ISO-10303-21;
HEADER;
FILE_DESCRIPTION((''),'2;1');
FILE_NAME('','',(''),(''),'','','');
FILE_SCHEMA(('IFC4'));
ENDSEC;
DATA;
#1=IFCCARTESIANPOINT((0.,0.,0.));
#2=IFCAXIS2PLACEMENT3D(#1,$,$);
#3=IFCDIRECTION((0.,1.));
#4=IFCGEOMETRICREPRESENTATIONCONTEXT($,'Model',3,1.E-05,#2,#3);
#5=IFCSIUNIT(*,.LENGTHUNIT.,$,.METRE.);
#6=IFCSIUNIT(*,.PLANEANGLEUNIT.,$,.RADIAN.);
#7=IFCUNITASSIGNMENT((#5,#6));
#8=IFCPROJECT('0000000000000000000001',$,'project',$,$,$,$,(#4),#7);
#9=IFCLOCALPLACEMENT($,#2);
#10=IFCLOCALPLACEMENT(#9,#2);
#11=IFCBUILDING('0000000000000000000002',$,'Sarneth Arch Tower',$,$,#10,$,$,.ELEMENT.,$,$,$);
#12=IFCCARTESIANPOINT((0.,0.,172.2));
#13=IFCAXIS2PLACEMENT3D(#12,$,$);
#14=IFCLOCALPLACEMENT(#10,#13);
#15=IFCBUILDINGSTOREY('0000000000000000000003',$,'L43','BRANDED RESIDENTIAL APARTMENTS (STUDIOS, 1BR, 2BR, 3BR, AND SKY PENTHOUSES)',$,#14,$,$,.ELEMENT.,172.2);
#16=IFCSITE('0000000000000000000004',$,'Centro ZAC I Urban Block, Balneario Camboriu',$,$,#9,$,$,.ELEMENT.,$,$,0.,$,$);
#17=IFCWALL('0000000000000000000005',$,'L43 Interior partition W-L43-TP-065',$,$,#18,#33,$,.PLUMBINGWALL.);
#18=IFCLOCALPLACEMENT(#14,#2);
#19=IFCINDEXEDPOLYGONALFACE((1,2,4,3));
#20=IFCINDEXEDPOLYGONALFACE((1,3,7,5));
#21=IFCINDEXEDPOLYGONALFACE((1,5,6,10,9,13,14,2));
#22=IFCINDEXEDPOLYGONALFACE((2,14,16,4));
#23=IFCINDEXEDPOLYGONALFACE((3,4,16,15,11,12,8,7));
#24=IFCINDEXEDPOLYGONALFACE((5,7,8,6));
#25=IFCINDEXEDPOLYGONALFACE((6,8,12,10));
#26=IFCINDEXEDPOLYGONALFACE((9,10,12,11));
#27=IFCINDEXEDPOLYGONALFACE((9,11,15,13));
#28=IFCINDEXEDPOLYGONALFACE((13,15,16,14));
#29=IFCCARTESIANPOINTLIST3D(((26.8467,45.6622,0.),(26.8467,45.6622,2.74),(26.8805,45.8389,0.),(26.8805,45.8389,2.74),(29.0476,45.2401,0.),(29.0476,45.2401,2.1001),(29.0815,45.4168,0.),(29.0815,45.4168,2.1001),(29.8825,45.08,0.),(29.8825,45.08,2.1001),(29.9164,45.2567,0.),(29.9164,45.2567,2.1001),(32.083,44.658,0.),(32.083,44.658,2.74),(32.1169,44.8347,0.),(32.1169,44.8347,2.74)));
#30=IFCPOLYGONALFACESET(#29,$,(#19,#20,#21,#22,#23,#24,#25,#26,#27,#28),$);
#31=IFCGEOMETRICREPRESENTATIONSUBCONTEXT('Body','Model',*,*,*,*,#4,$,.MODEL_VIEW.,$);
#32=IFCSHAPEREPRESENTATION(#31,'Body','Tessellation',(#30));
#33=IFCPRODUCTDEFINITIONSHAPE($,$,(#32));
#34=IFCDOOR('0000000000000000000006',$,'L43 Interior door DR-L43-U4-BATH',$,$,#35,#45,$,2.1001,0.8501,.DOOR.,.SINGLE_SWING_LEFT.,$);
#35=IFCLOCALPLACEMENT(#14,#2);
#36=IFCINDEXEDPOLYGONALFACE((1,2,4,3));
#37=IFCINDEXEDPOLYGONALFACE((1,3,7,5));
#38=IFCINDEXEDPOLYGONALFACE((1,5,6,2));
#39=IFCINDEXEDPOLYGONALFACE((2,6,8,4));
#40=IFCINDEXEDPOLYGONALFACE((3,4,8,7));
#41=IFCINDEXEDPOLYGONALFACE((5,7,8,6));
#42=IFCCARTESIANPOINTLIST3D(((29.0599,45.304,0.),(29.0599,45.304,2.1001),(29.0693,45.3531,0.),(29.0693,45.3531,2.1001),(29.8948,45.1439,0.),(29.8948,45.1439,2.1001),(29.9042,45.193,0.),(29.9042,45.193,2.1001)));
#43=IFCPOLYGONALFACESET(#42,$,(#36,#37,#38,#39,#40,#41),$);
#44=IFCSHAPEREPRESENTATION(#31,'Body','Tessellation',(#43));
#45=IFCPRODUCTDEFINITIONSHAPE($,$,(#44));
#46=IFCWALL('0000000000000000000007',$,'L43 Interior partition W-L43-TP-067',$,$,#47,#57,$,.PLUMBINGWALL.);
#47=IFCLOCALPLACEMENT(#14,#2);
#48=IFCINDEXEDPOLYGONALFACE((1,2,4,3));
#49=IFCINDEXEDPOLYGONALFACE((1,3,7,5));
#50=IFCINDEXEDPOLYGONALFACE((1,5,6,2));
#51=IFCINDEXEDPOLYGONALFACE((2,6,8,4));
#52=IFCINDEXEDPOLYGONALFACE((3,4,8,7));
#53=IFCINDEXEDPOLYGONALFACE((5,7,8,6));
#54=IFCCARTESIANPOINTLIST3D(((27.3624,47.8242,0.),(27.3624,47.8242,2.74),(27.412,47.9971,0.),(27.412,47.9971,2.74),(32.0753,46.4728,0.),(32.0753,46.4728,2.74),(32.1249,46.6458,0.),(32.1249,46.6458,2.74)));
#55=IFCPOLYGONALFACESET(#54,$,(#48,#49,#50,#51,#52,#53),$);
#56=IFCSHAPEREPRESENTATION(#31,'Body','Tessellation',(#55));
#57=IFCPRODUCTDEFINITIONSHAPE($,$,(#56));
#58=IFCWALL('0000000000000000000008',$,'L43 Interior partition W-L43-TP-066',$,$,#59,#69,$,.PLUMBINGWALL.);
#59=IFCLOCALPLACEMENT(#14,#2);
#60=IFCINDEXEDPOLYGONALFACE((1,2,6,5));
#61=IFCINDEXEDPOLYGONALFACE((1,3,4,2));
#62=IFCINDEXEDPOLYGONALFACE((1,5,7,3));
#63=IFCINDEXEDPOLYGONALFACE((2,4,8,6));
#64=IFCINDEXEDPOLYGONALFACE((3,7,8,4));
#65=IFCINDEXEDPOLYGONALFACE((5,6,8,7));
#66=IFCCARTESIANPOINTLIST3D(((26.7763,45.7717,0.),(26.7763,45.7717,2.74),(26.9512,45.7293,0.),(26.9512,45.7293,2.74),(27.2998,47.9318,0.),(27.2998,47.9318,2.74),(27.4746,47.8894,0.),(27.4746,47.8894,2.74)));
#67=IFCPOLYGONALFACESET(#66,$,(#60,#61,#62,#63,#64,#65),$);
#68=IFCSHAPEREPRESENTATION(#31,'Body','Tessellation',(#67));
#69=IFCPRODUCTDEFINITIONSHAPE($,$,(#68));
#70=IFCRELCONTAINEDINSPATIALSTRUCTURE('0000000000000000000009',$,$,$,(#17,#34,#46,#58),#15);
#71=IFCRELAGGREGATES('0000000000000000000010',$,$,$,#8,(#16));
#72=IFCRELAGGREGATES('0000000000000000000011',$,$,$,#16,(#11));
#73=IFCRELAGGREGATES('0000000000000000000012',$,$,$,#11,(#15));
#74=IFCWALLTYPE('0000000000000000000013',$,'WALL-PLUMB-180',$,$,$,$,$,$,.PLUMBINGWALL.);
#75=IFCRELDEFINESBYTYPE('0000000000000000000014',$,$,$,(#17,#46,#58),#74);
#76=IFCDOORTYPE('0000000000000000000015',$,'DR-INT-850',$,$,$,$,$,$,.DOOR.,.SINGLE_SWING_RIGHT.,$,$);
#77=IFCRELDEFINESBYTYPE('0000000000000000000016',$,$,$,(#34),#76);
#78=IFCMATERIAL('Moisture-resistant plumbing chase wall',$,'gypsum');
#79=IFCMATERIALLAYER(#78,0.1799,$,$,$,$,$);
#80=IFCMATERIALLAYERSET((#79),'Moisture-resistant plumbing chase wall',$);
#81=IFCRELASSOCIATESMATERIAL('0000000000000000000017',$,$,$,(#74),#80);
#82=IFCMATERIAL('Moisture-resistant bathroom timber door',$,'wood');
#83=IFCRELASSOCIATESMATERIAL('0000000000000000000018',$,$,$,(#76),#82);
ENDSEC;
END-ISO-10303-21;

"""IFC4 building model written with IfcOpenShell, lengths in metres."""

from ifc_helpers import new_model, si_unit, direction, frame, frame_2d, origin, place, context, subcontext, project, spatial, rectangle, extrude, material, layer, layer_set, type_object, element, fill, save


model = new_model("IFC4")

# Units and contexts
model_context = context("Model", 3, precision=1e-05, world=origin(), true_north=direction((0.0, 1.0)))
body_context = subcontext(model_context, "Body", "Model", "MODEL_VIEW")
ifc_project = project(units=[si_unit("LENGTHUNIT", "METRE"), si_unit("PLANEANGLEUNIT", "RADIAN")], contexts=[model_context])

# Site, building, storey
site_placement = place(None, origin())
site = spatial("IfcSite", under=ifc_project, at=site_placement, Name="Centro ZAC I Urban Block, Balneario Camboriu", CompositionType="ELEMENT", RefElevation=0.0)
building_placement = place(site_placement, origin())
building = spatial("IfcBuilding", under=site, at=building_placement, Name="Sarneth Arch Tower", CompositionType="ELEMENT")
storey_placement = place(building_placement, frame((0.0, 0.0, 172.2)))
storey = spatial("IfcBuildingStorey", under=building, at=storey_placement, Name="L43", Description="BRANDED RESIDENTIAL APARTMENTS (STUDIOS, 1BR, 2BR, 3BR, AND SKY PENTHOUSES)", CompositionType="ELEMENT", Elevation=172.2)

# Wall, opening, door
ifc_material_1 = material(Name="Moisture-resistant plumbing chase wall", Category="gypsum")
ifc_layer_1 = layer(ifc_material_1, 0.1799)
ifc_layer_set_1 = layer_set([ifc_layer_1], Name="Moisture-resistant plumbing chase wall")
wall_type_1 = type_object("IfcWallType", Name="WALL-PLUMB-180", PredefinedType="PLUMBINGWALL", material=ifc_layer_set_1)
wall_1_placement = place(storey_placement, frame((32.1001, 44.7463, 0.0), z_axis=(0.0, 0.0, 1.0), x_axis=(-0.982105, 0.188334, 0.0)))
wall_1 = element("IfcWall", 1, at=wall_1_placement, inside=storey, type_object=wall_type_1, Name="L43 Interior partition W-L43-TP-065", PredefinedType="PLUMBINGWALL", context=body_context, shape_type="SweptSolid", body=[
    extrude(rectangle(XDim=5.3318, YDim=0.1799, at=frame_2d((2.666, 0.0))), origin(), (0.0, 0.0, 1.0), 2.74),
])
opening_1_placement = place(wall_1_placement, frame((2.2407, 0.0, 0.0)))
opening_1 = element("IfcOpeningElement", 2, at=opening_1_placement, cuts=wall_1, PredefinedType="OPENING", context=body_context, shape_type="SweptSolid", body=[
    extrude(rectangle(XDim=0.8501, YDim=2.1001, at=frame_2d((0.425, 1.05))), frame((0.0, 0.0999, 0.0), z_axis=(0.0, -1.0, 0.0), x_axis=(1.0, 0.0, 0.0)), (0.0, 0.0, 1.0), 0.2),
])
ifc_material_2 = material(Name="Moisture-resistant bathroom timber door", Category="wood")
door_type_1 = type_object("IfcDoorType", Name="DR-INT-850", OperationType="SINGLE_SWING_RIGHT", PredefinedType="DOOR", material=ifc_material_2)
door_1_placement = place(opening_1_placement, origin())
door_1 = element("IfcDoor", 3, at=door_1_placement, inside=storey, type_object=door_type_1, Name="L43 Interior door DR-L43-U4-BATH", OperationType="SINGLE_SWING_LEFT", OverallHeight=2.1001, OverallWidth=0.8501, PredefinedType="DOOR", context=body_context, shape_type="SweptSolid", body=[
    extrude(rectangle(XDim=0.8501, YDim=2.1001, at=frame_2d((0.425, 1.05))), frame((0.0, 0.0249, 0.0), z_axis=(0.0, -1.0, 0.0), x_axis=(1.0, 0.0, 0.0)), (0.0, 0.0, 1.0), 0.05),
])
fill(opening_1, door_1)

# Walls
wall_2_placement = place(storey_placement, frame((27.3872, 47.9106, 0.0), z_axis=(0.0, 0.0, 1.0), x_axis=(0.961266, -0.275622, 0.0)))
element("IfcWall", 4, at=wall_2_placement, inside=storey, type_object=wall_type_1, Name="L43 Interior partition W-L43-TP-067", PredefinedType="PLUMBINGWALL", context=body_context, shape_type="SweptSolid", body=[
    extrude(rectangle(XDim=4.9028, YDim=0.1799, at=frame_2d((2.4514, 0.0))), origin(), (0.0, 0.0, 1.0), 2.74),
])
wall_3_placement = place(storey_placement, frame((26.8638, 45.7505, 0.0), z_axis=(0.0, 0.0, 1.0), x_axis=(0.235499, 0.971874, 0.0)))
element("IfcWall", 5, at=wall_3_placement, inside=storey, type_object=wall_type_1, Name="L43 Interior partition W-L43-TP-066", PredefinedType="PLUMBINGWALL", context=body_context, shape_type="SweptSolid", body=[
    extrude(rectangle(XDim=2.2227, YDim=0.1799, at=frame_2d((1.1113, 0.0))), origin(), (0.0, 0.0, 1.0), 2.74),
])

save(model, "model.ifc")
